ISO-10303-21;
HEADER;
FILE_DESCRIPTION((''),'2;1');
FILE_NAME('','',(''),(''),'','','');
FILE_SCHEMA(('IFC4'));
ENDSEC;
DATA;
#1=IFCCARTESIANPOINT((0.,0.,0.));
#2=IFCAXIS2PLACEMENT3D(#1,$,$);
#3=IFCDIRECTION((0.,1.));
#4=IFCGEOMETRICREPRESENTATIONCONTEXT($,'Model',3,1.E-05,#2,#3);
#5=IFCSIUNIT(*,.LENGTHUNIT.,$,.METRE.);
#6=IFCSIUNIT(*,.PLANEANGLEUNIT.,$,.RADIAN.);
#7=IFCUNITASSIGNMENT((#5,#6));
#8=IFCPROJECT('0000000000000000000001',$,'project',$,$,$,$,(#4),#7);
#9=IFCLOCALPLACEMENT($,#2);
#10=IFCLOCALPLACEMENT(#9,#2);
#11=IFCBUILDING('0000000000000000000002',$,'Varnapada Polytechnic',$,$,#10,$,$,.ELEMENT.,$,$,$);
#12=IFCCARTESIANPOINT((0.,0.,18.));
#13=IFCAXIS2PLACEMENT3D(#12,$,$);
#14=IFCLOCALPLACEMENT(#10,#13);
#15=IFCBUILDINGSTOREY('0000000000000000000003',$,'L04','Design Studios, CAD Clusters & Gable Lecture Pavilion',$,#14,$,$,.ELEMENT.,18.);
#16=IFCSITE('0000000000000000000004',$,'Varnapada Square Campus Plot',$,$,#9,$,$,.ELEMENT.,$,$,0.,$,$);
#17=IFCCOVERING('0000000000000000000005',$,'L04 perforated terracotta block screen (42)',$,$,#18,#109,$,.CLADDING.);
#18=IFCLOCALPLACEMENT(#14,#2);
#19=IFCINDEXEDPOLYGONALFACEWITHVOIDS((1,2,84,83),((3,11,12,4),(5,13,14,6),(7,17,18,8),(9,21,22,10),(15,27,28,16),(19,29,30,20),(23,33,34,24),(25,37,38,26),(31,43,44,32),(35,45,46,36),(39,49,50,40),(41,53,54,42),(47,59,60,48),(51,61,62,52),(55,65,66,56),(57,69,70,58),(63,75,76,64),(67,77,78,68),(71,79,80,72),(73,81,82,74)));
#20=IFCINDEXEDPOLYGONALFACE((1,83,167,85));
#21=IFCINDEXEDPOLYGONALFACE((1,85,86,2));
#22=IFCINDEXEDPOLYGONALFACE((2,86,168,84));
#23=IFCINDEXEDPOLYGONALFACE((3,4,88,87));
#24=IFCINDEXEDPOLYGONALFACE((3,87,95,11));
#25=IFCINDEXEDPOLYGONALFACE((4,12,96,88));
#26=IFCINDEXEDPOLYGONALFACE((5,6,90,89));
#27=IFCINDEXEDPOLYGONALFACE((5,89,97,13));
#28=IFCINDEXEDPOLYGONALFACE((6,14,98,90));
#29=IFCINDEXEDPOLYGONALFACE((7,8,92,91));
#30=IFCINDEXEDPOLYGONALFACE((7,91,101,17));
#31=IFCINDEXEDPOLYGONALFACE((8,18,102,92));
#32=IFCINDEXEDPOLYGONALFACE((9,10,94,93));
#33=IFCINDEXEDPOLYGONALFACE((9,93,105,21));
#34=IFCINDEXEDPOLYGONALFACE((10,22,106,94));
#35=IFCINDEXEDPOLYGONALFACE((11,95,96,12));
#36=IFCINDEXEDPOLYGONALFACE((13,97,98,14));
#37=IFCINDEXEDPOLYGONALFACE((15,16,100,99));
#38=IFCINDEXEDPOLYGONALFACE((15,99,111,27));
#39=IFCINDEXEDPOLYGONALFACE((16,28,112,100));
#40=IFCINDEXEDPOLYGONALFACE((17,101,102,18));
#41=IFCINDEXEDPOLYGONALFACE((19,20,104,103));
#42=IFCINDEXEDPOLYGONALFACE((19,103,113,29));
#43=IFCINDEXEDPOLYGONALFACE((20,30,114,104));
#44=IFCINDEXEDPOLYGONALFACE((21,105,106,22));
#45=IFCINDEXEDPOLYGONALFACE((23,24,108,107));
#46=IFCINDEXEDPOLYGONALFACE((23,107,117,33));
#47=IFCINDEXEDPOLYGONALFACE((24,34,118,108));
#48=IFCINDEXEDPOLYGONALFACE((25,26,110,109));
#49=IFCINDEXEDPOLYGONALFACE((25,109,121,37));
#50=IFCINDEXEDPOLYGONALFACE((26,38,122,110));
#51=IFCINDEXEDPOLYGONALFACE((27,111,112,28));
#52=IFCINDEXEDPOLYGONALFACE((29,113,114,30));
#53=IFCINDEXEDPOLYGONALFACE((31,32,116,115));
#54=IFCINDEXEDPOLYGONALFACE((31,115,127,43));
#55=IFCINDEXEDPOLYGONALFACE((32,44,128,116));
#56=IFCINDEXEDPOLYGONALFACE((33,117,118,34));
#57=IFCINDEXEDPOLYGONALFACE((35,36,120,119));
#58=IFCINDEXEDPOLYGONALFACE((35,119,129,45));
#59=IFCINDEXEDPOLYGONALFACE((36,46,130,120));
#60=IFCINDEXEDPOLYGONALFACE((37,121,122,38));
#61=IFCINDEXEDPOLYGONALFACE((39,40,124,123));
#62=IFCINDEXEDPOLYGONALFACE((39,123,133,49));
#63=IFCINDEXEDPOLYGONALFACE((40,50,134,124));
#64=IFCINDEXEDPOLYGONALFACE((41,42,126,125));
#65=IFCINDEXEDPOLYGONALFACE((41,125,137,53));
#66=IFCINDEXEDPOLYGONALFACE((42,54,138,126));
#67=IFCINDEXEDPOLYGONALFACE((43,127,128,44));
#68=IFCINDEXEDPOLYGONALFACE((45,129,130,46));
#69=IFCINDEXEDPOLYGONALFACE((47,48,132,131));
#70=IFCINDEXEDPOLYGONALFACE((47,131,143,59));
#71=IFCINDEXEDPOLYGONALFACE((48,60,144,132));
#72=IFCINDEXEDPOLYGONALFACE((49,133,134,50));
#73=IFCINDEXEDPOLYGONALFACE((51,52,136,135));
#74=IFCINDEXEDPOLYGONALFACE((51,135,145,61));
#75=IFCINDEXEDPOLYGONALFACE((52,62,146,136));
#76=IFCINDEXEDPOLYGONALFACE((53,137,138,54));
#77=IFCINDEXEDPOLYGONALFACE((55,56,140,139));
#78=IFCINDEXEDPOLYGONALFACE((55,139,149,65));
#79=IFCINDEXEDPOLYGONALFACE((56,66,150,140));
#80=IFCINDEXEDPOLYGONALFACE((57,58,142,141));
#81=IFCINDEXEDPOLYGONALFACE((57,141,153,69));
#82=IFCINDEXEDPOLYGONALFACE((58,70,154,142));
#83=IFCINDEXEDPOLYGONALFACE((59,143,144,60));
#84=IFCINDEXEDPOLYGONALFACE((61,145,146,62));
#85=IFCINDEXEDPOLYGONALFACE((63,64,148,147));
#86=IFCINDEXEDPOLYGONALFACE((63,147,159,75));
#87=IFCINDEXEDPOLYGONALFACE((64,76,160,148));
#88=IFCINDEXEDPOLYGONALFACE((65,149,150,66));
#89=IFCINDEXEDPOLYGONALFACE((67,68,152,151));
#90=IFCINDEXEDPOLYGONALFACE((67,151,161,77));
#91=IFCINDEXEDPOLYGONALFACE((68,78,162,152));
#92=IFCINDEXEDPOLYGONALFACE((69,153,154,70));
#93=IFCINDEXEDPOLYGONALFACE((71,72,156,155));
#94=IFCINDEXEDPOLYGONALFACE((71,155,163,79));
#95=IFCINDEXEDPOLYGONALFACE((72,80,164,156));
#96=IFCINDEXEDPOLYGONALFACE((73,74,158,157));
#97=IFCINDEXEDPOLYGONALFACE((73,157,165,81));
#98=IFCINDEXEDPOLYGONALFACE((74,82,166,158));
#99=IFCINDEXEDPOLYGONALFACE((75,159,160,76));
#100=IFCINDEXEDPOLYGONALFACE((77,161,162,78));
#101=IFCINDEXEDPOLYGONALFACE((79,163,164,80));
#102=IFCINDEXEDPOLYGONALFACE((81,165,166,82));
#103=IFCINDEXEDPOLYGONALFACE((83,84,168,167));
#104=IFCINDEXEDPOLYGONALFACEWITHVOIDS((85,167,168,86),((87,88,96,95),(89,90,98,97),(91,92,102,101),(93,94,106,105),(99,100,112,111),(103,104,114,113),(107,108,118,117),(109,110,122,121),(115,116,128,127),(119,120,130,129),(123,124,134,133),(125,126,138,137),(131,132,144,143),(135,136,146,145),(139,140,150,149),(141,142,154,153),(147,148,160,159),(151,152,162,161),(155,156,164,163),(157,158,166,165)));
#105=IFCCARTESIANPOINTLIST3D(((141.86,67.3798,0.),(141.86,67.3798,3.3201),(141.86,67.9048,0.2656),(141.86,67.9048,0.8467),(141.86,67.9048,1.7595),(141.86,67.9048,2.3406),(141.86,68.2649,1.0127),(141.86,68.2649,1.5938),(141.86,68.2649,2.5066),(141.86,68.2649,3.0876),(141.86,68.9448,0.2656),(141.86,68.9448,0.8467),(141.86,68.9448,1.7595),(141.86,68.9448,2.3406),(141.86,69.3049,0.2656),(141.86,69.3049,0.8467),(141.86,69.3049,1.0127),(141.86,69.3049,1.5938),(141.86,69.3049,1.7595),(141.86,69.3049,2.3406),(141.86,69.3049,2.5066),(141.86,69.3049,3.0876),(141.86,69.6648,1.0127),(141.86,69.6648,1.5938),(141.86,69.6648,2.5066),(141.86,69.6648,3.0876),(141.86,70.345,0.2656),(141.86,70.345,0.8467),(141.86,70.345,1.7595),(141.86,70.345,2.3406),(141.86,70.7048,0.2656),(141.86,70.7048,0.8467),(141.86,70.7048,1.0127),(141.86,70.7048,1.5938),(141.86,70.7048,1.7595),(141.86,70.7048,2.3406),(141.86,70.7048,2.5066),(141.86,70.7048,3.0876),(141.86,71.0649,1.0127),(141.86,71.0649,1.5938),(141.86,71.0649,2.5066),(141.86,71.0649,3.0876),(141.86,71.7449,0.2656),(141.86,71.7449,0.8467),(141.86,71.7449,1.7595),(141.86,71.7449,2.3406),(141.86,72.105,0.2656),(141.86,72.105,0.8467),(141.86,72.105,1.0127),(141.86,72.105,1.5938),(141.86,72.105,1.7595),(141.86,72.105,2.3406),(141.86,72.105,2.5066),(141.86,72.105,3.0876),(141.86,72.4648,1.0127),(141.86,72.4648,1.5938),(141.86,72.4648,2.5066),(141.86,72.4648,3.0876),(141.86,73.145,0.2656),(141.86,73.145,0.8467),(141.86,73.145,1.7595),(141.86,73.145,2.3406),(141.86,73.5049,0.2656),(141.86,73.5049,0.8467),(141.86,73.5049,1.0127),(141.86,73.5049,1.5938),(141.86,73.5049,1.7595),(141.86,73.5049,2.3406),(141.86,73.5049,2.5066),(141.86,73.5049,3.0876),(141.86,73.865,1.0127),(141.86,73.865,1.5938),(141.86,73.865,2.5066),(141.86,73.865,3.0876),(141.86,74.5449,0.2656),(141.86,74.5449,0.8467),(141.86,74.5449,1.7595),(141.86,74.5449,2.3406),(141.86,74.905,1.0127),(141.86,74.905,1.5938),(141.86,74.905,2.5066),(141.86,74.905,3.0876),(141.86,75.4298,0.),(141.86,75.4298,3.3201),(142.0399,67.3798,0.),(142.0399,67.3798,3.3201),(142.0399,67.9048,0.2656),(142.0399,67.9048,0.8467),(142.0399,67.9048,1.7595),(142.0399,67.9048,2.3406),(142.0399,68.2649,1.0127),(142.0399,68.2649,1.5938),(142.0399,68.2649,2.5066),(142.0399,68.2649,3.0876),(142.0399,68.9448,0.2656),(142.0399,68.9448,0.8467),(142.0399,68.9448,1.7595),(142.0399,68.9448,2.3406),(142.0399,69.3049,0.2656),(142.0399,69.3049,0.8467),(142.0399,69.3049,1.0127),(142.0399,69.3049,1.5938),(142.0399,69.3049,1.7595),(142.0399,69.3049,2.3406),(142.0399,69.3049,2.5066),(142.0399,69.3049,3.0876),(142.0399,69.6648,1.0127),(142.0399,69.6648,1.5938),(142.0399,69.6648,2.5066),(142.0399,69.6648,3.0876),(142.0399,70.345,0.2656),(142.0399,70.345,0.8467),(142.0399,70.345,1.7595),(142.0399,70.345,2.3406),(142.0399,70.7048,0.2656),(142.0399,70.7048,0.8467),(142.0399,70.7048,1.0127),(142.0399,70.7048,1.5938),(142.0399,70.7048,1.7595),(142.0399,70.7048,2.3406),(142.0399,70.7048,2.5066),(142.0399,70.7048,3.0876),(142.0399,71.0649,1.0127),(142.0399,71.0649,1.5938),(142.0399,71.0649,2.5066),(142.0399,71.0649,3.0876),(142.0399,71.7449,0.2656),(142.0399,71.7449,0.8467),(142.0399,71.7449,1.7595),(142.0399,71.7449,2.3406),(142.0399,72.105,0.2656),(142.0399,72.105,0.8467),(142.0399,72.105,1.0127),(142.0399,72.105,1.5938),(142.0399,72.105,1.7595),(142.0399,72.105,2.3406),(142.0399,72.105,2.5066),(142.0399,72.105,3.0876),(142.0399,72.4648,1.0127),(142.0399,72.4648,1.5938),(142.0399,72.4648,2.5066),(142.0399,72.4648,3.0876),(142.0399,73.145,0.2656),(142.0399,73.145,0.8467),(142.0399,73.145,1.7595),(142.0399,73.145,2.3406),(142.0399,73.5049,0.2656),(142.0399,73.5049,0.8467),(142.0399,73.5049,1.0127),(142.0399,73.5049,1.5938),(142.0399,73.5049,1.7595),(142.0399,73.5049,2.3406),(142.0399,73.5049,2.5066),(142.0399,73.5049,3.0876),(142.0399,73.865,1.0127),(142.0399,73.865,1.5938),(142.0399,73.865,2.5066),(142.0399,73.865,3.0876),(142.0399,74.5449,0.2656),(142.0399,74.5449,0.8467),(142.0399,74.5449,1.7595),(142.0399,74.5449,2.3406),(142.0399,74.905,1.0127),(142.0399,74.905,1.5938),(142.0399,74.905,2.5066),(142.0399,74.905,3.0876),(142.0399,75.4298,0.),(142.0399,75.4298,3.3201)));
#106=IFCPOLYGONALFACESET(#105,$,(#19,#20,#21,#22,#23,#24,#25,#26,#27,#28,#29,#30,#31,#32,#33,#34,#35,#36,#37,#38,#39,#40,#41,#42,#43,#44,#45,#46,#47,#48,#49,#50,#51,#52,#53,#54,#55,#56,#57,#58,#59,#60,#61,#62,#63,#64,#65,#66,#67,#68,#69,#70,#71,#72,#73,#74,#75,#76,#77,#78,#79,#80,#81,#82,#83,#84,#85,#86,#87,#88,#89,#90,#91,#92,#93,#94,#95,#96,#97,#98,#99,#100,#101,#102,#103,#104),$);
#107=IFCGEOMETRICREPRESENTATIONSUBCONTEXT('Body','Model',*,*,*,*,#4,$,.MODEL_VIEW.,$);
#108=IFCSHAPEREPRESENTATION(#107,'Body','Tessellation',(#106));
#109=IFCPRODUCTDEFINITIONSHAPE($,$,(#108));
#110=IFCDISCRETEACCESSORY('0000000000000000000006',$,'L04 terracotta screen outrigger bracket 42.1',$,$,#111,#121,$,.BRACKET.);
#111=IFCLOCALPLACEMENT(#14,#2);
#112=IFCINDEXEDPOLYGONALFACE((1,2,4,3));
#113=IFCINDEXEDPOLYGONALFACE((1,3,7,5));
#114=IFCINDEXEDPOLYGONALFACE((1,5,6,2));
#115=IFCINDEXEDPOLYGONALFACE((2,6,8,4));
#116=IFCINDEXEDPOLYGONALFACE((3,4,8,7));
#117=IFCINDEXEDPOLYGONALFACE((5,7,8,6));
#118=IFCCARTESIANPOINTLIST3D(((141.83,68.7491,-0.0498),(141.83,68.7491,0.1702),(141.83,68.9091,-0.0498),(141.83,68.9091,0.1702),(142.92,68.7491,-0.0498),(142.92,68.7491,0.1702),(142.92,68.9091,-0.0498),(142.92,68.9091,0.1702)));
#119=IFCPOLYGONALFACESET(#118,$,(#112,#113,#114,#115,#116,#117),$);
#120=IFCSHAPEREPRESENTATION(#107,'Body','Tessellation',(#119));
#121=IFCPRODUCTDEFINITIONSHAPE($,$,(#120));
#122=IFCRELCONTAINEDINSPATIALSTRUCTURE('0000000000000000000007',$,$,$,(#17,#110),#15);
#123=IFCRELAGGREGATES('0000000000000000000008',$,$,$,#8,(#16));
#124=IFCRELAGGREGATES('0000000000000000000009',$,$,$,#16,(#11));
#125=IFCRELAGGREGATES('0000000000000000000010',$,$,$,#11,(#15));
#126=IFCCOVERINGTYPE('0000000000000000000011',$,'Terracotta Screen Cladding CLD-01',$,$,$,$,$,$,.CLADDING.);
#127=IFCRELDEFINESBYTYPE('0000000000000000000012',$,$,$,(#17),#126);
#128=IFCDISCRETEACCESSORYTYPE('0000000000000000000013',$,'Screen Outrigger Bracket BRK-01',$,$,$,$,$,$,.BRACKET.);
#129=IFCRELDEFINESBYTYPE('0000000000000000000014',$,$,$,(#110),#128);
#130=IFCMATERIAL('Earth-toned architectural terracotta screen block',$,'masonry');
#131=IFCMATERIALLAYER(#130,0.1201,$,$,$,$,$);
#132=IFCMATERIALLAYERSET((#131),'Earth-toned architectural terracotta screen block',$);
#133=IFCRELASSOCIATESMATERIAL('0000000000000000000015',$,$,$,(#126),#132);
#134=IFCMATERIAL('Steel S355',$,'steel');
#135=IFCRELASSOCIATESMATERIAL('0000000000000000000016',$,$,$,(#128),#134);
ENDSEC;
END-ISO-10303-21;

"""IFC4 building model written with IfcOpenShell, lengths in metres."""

from ifc_helpers import new_model, si_unit, direction, frame, frame_2d, origin, origin_2d, place, context, subcontext, project, spatial, rectangle, extrude, material, layer, layer_set, type_object, element, save


model = new_model("IFC4")

# Units and contexts
model_context = context("Model", 3, precision=1e-05, world=origin(), true_north=direction((0.0, 1.0)))
body_context = subcontext(model_context, "Body", "Model", "MODEL_VIEW")
ifc_project = project(units=[si_unit("LENGTHUNIT", "METRE"), si_unit("PLANEANGLEUNIT", "RADIAN")], contexts=[model_context])

# Site, building, storey
site_placement = place(None, origin())
site = spatial("IfcSite", under=ifc_project, at=site_placement, Name="Varnapada Square Campus Plot", CompositionType="ELEMENT", RefElevation=0.0)
building_placement = place(site_placement, origin())
building = spatial("IfcBuilding", under=site, at=building_placement, Name="Varnapada Polytechnic", CompositionType="ELEMENT")
storey_placement = place(building_placement, frame((0.0, 0.0, 18.0)))
storey = spatial("IfcBuildingStorey", under=building, at=storey_placement, Name="L04", Description="Design Studios, CAD Clusters & Gable Lecture Pavilion", CompositionType="ELEMENT", Elevation=18.0)

# Covering, openings
ifc_material_1 = material(Name="Earth-toned architectural terracotta screen block", Category="masonry")
ifc_layer = layer(ifc_material_1, 0.1201)
ifc_layer_set = layer_set([ifc_layer], Name="Earth-toned architectural terracotta screen block")
covering_type = type_object("IfcCoveringType", Name="Terracotta Screen Cladding CLD-01", PredefinedType="CLADDING", material=ifc_layer_set)
covering_placement = place(storey_placement, frame((141.95, 67.3799, 0.0), z_axis=(0.0, 0.0, 1.0), x_axis=(0.0, 1.0, 0.0)))
covering = element("IfcCovering", 1, at=covering_placement, inside=storey, type_object=covering_type, Name="L04 perforated terracotta block screen (42)", PredefinedType="CLADDING", context=body_context, shape_type="SweptSolid", body=[
    extrude(rectangle(XDim=8.05, YDim=0.1799, at=frame_2d((4.0249, 0.0))), origin(), (0.0, 0.0, 1.0), 3.3201),
])
opening_1_placement = place(covering_placement, frame((0.5249, 0.0, 0.2656)))
element("IfcOpeningElement", 2, at=opening_1_placement, cuts=covering, PredefinedType="OPENING", context=body_context, shape_type="SweptSolid", body=[
    extrude(rectangle(XDim=1.04, YDim=0.5811, at=frame_2d((0.52, 0.2905))), frame((0.0, 0.0999, 0.0), z_axis=(0.0, -1.0, 0.0), x_axis=(1.0, 0.0, 0.0)), (0.0, 0.0, 1.0), 0.2),
])
opening_2_placement = place(covering_placement, frame((1.925, 0.0, 0.2656)))
element("IfcOpeningElement", 3, at=opening_2_placement, cuts=covering, PredefinedType="OPENING", context=body_context, shape_type="SweptSolid", body=[
    extrude(rectangle(XDim=1.04, YDim=0.5811, at=frame_2d((0.52, 0.2905))), frame((0.0, 0.0999, 0.0), z_axis=(0.0, -1.0, 0.0), x_axis=(1.0, 0.0, 0.0)), (0.0, 0.0, 1.0), 0.2),
])
opening_3_placement = place(covering_placement, frame((3.325, 0.0, 0.2656)))
element("IfcOpeningElement", 4, at=opening_3_placement, cuts=covering, PredefinedType="OPENING", context=body_context, shape_type="SweptSolid", body=[
    extrude(rectangle(XDim=1.04, YDim=0.5811, at=frame_2d((0.52, 0.2905))), frame((0.0, 0.0999, 0.0), z_axis=(0.0, -1.0, 0.0), x_axis=(1.0, 0.0, 0.0)), (0.0, 0.0, 1.0), 0.2),
])
opening_4_placement = place(covering_placement, frame((4.7251, 0.0, 0.2656)))
element("IfcOpeningElement", 5, at=opening_4_placement, cuts=covering, PredefinedType="OPENING", context=body_context, shape_type="SweptSolid", body=[
    extrude(rectangle(XDim=1.04, YDim=0.5811, at=frame_2d((0.52, 0.2905))), frame((0.0, 0.0999, 0.0), z_axis=(0.0, -1.0, 0.0), x_axis=(1.0, 0.0, 0.0)), (0.0, 0.0, 1.0), 0.2),
])
opening_5_placement = place(covering_placement, frame((6.125, 0.0, 0.2656)))
element("IfcOpeningElement", 6, at=opening_5_placement, cuts=covering, PredefinedType="OPENING", context=body_context, shape_type="SweptSolid", body=[
    extrude(rectangle(XDim=1.04, YDim=0.5811, at=frame_2d((0.52, 0.2905))), frame((0.0, 0.0999, 0.0), z_axis=(0.0, -1.0, 0.0), x_axis=(1.0, 0.0, 0.0)), (0.0, 0.0, 1.0), 0.2),
])
opening_6_placement = place(covering_placement, frame((0.885, 0.0, 1.0127)))
element("IfcOpeningElement", 7, at=opening_6_placement, cuts=covering, PredefinedType="OPENING", context=body_context, shape_type="SweptSolid", body=[
    extrude(rectangle(XDim=1.04, YDim=0.5811, at=frame_2d((0.52, 0.2905))), frame((0.0, 0.0999, 0.0), z_axis=(0.0, -1.0, 0.0), x_axis=(1.0, 0.0, 0.0)), (0.0, 0.0, 1.0), 0.2),
])
opening_7_placement = place(covering_placement, frame((2.2849, 0.0, 1.0127)))
element("IfcOpeningElement", 8, at=opening_7_placement, cuts=covering, PredefinedType="OPENING", context=body_context, shape_type="SweptSolid", body=[
    extrude(rectangle(XDim=1.04, YDim=0.5811, at=frame_2d((0.52, 0.2905))), frame((0.0, 0.0999, 0.0), z_axis=(0.0, -1.0, 0.0), x_axis=(1.0, 0.0, 0.0)), (0.0, 0.0, 1.0), 0.2),
])
opening_8_placement = place(covering_placement, frame((3.6851, 0.0, 1.0127)))
element("IfcOpeningElement", 9, at=opening_8_placement, cuts=covering, PredefinedType="OPENING", context=body_context, shape_type="SweptSolid", body=[
    extrude(rectangle(XDim=1.04, YDim=0.5811, at=frame_2d((0.52, 0.2905))), frame((0.0, 0.0999, 0.0), z_axis=(0.0, -1.0, 0.0), x_axis=(1.0, 0.0, 0.0)), (0.0, 0.0, 1.0), 0.2),
])
opening_9_placement = place(covering_placement, frame((5.085, 0.0, 1.0127)))
element("IfcOpeningElement", 10, at=opening_9_placement, cuts=covering, PredefinedType="OPENING", context=body_context, shape_type="SweptSolid", body=[
    extrude(rectangle(XDim=1.04, YDim=0.5811, at=frame_2d((0.52, 0.2905))), frame((0.0, 0.0999, 0.0), z_axis=(0.0, -1.0, 0.0), x_axis=(1.0, 0.0, 0.0)), (0.0, 0.0, 1.0), 0.2),
])
opening_10_placement = place(covering_placement, frame((6.4851, 0.0, 1.0127)))
element("IfcOpeningElement", 11, at=opening_10_placement, cuts=covering, PredefinedType="OPENING", context=body_context, shape_type="SweptSolid", body=[
    extrude(rectangle(XDim=1.04, YDim=0.5811, at=frame_2d((0.52, 0.2905))), frame((0.0, 0.0999, 0.0), z_axis=(0.0, -1.0, 0.0), x_axis=(1.0, 0.0, 0.0)), (0.0, 0.0, 1.0), 0.2),
])
opening_11_placement = place(covering_placement, frame((0.5249, 0.0, 1.7595)))
element("IfcOpeningElement", 12, at=opening_11_placement, cuts=covering, PredefinedType="OPENING", context=body_context, shape_type="SweptSolid", body=[
    extrude(rectangle(XDim=1.04, YDim=0.5811, at=frame_2d((0.52, 0.2905))), frame((0.0, 0.0999, 0.0), z_axis=(0.0, -1.0, 0.0), x_axis=(1.0, 0.0, 0.0)), (0.0, 0.0, 1.0), 0.2),
])
opening_12_placement = place(covering_placement, frame((1.925, 0.0, 1.7595)))
element("IfcOpeningElement", 13, at=opening_12_placement, cuts=covering, PredefinedType="OPENING", context=body_context, shape_type="SweptSolid", body=[
    extrude(rectangle(XDim=1.04, YDim=0.5811, at=frame_2d((0.52, 0.2905))), frame((0.0, 0.0999, 0.0), z_axis=(0.0, -1.0, 0.0), x_axis=(1.0, 0.0, 0.0)), (0.0, 0.0, 1.0), 0.2),
])
opening_13_placement = place(covering_placement, frame((3.325, 0.0, 1.7595)))
element("IfcOpeningElement", 14, at=opening_13_placement, cuts=covering, PredefinedType="OPENING", context=body_context, shape_type="SweptSolid", body=[
    extrude(rectangle(XDim=1.04, YDim=0.5811, at=frame_2d((0.52, 0.2905))), frame((0.0, 0.0999, 0.0), z_axis=(0.0, -1.0, 0.0), x_axis=(1.0, 0.0, 0.0)), (0.0, 0.0, 1.0), 0.2),
])
opening_14_placement = place(covering_placement, frame((4.7251, 0.0, 1.7595)))
element("IfcOpeningElement", 15, at=opening_14_placement, cuts=covering, PredefinedType="OPENING", context=body_context, shape_type="SweptSolid", body=[
    extrude(rectangle(XDim=1.04, YDim=0.5811, at=frame_2d((0.52, 0.2905))), frame((0.0, 0.0999, 0.0), z_axis=(0.0, -1.0, 0.0), x_axis=(1.0, 0.0, 0.0)), (0.0, 0.0, 1.0), 0.2),
])
opening_15_placement = place(covering_placement, frame((6.125, 0.0, 1.7595)))
element("IfcOpeningElement", 16, at=opening_15_placement, cuts=covering, PredefinedType="OPENING", context=body_context, shape_type="SweptSolid", body=[
    extrude(rectangle(XDim=1.04, YDim=0.5811, at=frame_2d((0.52, 0.2905))), frame((0.0, 0.0999, 0.0), z_axis=(0.0, -1.0, 0.0), x_axis=(1.0, 0.0, 0.0)), (0.0, 0.0, 1.0), 0.2),
])
opening_16_placement = place(covering_placement, frame((0.885, 0.0, 2.5066)))
element("IfcOpeningElement", 17, at=opening_16_placement, cuts=covering, PredefinedType="OPENING", context=body_context, shape_type="SweptSolid", body=[
    extrude(rectangle(XDim=1.04, YDim=0.5811, at=frame_2d((0.52, 0.2905))), frame((0.0, 0.0999, 0.0), z_axis=(0.0, -1.0, 0.0), x_axis=(1.0, 0.0, 0.0)), (0.0, 0.0, 1.0), 0.2),
])
opening_17_placement = place(covering_placement, frame((2.2849, 0.0, 2.5066)))
element("IfcOpeningElement", 18, at=opening_17_placement, cuts=covering, PredefinedType="OPENING", context=body_context, shape_type="SweptSolid", body=[
    extrude(rectangle(XDim=1.04, YDim=0.5811, at=frame_2d((0.52, 0.2905))), frame((0.0, 0.0999, 0.0), z_axis=(0.0, -1.0, 0.0), x_axis=(1.0, 0.0, 0.0)), (0.0, 0.0, 1.0), 0.2),
])
opening_18_placement = place(covering_placement, frame((3.6851, 0.0, 2.5066)))
element("IfcOpeningElement", 19, at=opening_18_placement, cuts=covering, PredefinedType="OPENING", context=body_context, shape_type="SweptSolid", body=[
    extrude(rectangle(XDim=1.04, YDim=0.5811, at=frame_2d((0.52, 0.2905))), frame((0.0, 0.0999, 0.0), z_axis=(0.0, -1.0, 0.0), x_axis=(1.0, 0.0, 0.0)), (0.0, 0.0, 1.0), 0.2),
])
opening_19_placement = place(covering_placement, frame((5.085, 0.0, 2.5066)))
element("IfcOpeningElement", 20, at=opening_19_placement, cuts=covering, PredefinedType="OPENING", context=body_context, shape_type="SweptSolid", body=[
    extrude(rectangle(XDim=1.04, YDim=0.5811, at=frame_2d((0.52, 0.2905))), frame((0.0, 0.0999, 0.0), z_axis=(0.0, -1.0, 0.0), x_axis=(1.0, 0.0, 0.0)), (0.0, 0.0, 1.0), 0.2),
])
opening_20_placement = place(covering_placement, frame((6.4851, 0.0, 2.5066)))
element("IfcOpeningElement", 21, at=opening_20_placement, cuts=covering, PredefinedType="OPENING", context=body_context, shape_type="SweptSolid", body=[
    extrude(rectangle(XDim=1.04, YDim=0.5811, at=frame_2d((0.52, 0.2905))), frame((0.0, 0.0999, 0.0), z_axis=(0.0, -1.0, 0.0), x_axis=(1.0, 0.0, 0.0)), (0.0, 0.0, 1.0), 0.2),
])

# Discrete accessory
ifc_material_2 = material(Name="Steel S355", Category="steel")
discrete_accessory_type = type_object("IfcDiscreteAccessoryType", Name="Screen Outrigger Bracket BRK-01", PredefinedType="BRACKET", material=ifc_material_2)
discrete_accessory_placement = place(storey_placement, frame((142.375, 68.8291, -0.0498), z_axis=(0.0, 0.0, 1.0), x_axis=(0.0, 1.0, 0.0)))
element("IfcDiscreteAccessory", 22, at=discrete_accessory_placement, inside=storey, type_object=discrete_accessory_type, Name="L04 terracotta screen outrigger bracket 42.1", PredefinedType="BRACKET", context=body_context, shape_type="SweptSolid", body=[
    extrude(rectangle(XDim=0.1599, YDim=1.0901, at=origin_2d()), origin(), (0.0, 0.0, 1.0), 0.22),
])

save(model, "model.ifc")
